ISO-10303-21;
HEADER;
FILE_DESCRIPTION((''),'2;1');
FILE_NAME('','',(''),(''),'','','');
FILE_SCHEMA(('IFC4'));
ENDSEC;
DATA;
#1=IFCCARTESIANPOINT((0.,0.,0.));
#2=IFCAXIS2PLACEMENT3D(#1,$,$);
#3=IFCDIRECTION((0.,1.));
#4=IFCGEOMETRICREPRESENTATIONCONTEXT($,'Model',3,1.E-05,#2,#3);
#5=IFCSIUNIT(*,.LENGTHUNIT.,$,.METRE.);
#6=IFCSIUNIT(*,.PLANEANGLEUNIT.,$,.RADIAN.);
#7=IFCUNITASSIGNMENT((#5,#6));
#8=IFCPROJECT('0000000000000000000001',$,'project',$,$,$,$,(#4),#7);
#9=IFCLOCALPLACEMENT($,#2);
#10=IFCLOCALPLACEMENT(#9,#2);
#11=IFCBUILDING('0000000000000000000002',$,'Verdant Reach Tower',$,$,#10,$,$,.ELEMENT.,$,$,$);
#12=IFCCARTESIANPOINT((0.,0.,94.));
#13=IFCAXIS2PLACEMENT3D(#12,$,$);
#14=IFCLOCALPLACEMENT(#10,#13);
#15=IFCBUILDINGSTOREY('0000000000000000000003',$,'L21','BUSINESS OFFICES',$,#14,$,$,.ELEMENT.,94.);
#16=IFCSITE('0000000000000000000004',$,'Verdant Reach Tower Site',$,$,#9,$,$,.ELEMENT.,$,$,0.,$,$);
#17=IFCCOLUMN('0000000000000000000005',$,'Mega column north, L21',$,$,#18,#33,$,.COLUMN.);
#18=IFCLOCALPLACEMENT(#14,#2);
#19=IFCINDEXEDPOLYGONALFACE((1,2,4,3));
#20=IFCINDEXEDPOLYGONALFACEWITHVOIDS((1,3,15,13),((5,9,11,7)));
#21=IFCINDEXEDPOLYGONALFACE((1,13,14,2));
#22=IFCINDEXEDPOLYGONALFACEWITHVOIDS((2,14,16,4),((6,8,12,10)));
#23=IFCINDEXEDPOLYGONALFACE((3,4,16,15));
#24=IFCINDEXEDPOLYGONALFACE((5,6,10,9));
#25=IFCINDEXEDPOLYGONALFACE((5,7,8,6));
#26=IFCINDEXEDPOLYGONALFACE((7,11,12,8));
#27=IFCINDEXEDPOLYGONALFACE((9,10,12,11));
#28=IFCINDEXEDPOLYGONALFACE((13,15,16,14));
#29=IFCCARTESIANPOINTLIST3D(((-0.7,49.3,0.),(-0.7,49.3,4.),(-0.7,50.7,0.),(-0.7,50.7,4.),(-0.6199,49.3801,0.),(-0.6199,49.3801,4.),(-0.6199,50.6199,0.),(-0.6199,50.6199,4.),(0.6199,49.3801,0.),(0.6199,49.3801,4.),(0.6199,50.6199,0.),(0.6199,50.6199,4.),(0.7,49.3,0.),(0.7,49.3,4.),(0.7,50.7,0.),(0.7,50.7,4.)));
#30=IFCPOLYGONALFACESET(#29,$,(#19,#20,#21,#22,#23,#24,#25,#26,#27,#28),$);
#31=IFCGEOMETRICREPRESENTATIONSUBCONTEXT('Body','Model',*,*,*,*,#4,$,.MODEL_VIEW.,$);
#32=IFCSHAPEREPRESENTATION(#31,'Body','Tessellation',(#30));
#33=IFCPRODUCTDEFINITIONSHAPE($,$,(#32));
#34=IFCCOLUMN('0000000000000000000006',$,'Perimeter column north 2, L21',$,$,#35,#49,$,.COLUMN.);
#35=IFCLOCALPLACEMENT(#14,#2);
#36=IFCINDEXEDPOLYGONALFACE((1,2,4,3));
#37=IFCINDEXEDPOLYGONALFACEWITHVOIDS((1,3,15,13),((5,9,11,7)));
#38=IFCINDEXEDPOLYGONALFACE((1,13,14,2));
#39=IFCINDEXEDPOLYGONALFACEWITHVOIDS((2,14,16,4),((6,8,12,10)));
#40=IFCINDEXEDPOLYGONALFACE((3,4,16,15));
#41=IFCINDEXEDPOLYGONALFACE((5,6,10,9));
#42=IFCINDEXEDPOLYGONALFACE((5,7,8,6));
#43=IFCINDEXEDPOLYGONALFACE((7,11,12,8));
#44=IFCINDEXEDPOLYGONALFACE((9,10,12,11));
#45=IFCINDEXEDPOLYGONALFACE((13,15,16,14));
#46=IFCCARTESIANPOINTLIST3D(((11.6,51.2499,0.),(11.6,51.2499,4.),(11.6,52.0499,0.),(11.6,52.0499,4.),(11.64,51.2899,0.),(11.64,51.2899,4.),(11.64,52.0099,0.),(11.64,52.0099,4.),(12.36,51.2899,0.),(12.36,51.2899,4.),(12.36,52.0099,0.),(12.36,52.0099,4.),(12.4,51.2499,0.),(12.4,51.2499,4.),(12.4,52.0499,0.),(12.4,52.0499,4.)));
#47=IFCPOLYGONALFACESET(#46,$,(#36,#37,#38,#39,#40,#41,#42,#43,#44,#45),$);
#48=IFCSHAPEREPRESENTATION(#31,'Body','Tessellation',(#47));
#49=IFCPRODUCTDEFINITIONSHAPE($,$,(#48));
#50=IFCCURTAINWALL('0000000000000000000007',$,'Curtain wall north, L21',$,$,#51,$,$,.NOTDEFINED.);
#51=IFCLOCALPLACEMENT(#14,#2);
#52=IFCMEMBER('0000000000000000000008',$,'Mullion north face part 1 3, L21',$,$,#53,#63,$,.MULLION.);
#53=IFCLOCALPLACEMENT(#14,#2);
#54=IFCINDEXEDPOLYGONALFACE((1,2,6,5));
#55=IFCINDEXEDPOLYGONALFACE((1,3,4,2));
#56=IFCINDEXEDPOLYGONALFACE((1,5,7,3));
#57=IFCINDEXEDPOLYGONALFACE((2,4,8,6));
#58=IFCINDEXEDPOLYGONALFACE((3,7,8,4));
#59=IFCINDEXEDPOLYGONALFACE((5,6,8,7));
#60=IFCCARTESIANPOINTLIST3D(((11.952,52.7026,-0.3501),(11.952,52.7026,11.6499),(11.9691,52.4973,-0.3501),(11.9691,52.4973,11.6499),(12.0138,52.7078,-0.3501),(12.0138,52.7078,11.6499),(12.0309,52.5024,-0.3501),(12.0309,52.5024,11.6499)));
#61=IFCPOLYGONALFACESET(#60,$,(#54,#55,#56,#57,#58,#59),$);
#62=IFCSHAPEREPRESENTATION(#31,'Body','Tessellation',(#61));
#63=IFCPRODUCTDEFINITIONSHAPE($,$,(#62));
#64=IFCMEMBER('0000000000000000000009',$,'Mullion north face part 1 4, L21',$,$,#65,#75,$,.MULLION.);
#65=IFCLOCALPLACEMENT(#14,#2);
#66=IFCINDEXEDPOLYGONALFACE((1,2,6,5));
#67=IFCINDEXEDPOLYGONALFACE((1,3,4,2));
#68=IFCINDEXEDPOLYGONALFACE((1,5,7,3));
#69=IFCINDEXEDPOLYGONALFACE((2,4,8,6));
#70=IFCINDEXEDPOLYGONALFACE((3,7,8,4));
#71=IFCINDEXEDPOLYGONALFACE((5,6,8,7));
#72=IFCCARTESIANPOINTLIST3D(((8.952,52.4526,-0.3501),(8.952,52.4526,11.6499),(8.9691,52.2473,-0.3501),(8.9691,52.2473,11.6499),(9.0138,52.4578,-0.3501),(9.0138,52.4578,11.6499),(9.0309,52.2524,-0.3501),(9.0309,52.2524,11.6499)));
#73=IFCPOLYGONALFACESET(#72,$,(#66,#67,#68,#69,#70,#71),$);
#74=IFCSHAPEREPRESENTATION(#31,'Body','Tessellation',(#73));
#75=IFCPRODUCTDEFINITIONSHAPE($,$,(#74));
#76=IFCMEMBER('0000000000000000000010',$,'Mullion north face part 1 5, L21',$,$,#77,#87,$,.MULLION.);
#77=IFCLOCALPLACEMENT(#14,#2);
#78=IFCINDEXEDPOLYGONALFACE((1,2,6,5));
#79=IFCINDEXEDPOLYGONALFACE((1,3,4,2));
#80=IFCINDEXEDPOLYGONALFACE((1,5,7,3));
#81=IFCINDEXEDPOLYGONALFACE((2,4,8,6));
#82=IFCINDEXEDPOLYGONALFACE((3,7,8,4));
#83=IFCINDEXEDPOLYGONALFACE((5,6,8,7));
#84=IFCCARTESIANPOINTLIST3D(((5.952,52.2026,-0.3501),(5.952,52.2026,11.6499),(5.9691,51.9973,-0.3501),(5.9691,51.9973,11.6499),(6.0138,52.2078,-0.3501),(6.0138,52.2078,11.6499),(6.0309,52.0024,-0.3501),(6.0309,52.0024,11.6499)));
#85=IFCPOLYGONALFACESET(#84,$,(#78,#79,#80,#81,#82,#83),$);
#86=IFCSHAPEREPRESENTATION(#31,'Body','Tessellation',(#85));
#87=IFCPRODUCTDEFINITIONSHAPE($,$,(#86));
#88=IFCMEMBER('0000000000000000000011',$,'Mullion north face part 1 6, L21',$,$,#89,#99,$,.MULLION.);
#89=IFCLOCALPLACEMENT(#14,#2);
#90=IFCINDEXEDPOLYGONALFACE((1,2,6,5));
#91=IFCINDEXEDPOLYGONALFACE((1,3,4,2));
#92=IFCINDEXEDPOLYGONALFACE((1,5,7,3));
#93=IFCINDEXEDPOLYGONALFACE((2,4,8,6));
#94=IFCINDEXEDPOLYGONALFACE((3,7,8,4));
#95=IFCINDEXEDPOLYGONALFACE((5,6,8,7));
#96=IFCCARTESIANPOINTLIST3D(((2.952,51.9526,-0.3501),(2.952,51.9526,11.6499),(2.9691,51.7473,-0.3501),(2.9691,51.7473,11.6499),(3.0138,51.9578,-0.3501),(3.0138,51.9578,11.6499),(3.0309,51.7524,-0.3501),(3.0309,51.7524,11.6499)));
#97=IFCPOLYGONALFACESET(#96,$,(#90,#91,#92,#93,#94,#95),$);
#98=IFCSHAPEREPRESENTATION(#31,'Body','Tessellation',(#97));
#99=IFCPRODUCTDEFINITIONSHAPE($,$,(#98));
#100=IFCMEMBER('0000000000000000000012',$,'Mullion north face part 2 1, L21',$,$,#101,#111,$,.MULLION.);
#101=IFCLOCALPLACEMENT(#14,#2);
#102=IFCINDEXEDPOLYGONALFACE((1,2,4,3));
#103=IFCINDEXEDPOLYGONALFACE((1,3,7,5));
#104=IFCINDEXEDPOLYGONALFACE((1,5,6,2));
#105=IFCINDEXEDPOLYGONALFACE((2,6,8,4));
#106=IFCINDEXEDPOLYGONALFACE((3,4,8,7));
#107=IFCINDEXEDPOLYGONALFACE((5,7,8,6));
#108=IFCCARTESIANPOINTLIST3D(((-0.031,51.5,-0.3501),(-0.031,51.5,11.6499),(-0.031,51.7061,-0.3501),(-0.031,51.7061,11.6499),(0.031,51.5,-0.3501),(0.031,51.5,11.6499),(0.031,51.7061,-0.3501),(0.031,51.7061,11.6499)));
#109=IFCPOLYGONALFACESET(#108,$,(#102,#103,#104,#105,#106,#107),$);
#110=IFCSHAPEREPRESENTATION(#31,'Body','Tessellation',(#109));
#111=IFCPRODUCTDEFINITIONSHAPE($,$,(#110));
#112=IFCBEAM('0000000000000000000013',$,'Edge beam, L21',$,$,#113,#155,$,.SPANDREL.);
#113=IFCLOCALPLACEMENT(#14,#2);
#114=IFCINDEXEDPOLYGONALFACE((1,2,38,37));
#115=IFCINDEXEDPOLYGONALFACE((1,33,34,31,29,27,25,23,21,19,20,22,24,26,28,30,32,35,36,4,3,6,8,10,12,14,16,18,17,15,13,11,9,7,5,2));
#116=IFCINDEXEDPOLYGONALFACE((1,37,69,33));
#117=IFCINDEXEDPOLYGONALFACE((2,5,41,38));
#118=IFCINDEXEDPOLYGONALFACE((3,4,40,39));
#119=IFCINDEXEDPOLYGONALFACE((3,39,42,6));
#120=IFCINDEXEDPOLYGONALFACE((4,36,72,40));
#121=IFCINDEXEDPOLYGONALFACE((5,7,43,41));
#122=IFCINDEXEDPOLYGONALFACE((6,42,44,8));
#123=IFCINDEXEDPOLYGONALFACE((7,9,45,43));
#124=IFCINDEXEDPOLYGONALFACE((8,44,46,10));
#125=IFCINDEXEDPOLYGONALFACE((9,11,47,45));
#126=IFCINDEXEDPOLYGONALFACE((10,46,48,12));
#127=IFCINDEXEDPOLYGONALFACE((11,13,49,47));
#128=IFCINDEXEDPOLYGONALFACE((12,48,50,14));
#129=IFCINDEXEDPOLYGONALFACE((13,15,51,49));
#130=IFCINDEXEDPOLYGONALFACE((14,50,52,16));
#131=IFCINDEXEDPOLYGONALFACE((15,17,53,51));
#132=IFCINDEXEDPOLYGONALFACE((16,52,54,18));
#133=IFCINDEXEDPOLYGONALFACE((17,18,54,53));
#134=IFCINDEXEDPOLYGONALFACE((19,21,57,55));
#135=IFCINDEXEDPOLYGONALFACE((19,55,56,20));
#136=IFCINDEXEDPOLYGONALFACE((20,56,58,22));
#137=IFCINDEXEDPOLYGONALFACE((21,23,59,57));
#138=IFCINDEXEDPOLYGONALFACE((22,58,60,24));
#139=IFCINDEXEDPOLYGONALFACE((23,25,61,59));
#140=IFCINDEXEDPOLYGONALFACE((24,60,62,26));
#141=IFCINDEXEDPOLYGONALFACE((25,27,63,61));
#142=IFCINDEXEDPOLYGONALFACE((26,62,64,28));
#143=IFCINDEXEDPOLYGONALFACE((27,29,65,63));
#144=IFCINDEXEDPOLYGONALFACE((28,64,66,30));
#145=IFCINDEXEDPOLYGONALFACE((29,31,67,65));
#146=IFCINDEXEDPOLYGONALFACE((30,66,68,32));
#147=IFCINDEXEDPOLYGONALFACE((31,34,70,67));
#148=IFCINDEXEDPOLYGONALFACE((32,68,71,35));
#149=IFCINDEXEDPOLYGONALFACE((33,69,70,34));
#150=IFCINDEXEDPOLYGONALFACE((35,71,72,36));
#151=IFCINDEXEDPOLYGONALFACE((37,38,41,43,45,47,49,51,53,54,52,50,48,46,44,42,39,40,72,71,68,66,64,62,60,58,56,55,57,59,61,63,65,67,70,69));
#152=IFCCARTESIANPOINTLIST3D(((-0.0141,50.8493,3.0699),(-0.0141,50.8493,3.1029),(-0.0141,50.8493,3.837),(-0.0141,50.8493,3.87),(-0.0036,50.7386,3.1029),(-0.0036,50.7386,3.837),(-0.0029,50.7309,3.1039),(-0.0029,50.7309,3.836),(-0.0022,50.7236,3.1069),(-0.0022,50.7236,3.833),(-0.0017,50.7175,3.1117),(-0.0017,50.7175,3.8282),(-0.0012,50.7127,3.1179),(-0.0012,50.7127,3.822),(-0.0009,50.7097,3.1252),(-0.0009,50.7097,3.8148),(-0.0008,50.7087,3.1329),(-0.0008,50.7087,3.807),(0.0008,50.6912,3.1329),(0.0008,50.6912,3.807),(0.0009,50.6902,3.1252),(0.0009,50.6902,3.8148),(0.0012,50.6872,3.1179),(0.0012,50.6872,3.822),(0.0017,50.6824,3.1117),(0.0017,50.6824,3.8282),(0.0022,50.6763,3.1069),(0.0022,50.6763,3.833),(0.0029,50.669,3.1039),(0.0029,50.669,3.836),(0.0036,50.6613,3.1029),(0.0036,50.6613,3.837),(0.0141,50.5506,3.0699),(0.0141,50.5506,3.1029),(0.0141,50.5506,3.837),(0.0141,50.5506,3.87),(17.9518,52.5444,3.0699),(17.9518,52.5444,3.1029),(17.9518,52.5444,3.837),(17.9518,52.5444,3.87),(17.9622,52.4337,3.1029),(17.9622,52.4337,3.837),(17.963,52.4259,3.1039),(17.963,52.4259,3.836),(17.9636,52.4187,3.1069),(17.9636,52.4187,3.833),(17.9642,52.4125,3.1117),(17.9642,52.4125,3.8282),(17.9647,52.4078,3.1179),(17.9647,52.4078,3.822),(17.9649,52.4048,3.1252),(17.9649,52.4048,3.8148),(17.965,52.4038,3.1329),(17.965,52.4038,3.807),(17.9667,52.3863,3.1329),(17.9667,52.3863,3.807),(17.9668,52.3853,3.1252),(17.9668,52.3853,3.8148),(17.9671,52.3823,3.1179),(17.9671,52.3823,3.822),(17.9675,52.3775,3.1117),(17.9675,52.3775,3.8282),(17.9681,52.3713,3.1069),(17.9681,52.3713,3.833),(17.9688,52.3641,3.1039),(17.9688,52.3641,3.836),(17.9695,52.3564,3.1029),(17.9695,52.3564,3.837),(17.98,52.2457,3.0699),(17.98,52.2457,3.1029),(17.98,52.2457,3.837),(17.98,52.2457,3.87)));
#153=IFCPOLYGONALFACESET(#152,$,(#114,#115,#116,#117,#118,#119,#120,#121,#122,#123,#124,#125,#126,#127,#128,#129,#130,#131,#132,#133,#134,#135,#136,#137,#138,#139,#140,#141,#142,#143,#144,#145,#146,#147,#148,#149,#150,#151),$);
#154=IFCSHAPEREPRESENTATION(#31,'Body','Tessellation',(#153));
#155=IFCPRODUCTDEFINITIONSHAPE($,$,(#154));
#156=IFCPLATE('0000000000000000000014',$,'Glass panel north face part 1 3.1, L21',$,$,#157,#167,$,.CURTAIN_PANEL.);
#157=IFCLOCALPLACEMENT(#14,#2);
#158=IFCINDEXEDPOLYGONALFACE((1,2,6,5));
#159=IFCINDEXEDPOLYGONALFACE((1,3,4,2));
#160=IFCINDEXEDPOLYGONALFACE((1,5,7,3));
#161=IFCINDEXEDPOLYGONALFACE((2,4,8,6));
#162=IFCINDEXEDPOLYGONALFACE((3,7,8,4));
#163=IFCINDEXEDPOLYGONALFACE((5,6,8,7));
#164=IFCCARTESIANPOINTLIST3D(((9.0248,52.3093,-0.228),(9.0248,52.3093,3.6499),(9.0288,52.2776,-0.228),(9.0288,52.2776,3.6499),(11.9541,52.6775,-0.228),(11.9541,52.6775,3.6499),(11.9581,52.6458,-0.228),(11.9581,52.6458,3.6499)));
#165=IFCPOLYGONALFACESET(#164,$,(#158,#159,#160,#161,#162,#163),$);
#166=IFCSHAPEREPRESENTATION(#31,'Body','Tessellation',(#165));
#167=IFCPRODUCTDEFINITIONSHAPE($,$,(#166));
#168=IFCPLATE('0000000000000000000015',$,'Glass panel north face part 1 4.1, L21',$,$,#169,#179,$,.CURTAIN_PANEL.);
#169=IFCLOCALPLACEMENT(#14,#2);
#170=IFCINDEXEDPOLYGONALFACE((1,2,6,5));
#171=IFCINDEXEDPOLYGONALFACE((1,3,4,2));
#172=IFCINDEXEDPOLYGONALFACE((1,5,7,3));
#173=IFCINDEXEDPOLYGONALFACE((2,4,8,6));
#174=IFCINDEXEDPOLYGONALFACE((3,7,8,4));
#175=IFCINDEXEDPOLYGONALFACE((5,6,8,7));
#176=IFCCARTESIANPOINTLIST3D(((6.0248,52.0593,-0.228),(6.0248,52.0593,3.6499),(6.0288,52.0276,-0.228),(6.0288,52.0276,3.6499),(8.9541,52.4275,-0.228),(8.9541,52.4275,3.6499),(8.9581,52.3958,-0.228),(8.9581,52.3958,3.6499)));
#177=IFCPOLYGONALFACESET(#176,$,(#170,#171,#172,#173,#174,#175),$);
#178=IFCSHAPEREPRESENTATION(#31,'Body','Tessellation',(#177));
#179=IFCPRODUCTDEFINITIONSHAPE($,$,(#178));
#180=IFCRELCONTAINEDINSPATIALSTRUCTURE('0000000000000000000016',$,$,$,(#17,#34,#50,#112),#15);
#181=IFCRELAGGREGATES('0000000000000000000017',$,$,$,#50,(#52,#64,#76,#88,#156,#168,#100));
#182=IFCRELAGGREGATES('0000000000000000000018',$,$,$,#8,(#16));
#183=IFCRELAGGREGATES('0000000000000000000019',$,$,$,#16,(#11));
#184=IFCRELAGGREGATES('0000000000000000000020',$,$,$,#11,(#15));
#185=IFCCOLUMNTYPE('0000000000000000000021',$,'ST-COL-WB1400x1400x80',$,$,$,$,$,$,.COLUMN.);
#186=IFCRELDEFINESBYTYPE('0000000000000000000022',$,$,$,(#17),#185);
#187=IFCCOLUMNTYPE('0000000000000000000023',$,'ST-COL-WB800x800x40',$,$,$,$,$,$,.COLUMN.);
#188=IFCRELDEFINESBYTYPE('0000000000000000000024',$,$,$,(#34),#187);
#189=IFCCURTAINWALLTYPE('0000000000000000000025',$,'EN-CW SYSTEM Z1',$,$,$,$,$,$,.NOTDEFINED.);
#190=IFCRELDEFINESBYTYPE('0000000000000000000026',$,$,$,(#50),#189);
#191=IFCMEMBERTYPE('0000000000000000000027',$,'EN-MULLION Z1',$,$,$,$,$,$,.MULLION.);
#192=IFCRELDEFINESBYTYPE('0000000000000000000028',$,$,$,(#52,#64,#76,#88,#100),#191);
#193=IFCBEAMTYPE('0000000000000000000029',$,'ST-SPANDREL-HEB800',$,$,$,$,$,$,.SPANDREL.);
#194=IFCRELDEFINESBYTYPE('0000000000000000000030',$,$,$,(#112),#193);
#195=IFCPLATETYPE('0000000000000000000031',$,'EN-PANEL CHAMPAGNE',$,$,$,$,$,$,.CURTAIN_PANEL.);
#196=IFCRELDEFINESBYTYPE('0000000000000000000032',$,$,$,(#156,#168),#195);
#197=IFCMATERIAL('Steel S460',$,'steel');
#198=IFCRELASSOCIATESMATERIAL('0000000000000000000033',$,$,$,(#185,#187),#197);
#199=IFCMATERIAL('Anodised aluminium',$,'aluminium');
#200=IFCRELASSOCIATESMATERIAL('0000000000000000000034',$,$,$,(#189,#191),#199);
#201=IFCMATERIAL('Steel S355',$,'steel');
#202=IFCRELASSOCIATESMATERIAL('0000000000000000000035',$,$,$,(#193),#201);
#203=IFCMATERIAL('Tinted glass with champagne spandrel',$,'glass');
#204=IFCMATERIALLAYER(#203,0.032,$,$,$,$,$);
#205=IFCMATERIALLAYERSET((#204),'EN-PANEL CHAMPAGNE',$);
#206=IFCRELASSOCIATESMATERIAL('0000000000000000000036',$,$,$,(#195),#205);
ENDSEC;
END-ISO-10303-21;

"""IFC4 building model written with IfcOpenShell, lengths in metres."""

from ifc_helpers import new_model, si_unit, direction, frame, origin, origin_2d, place, context, subcontext, project, spatial, rectangle, hollow_rectangle, i_section, extrude, material, layer, layer_set, material_profile, profile_set, type_object, element, aggregate, save


model = new_model("IFC4")

# Units and contexts
model_context = context("Model", 3, precision=1e-05, world=origin(), true_north=direction((0.0, 1.0)))
body_context = subcontext(model_context, "Body", "Model", "MODEL_VIEW")
ifc_project = project(units=[si_unit("LENGTHUNIT", "METRE"), si_unit("PLANEANGLEUNIT", "RADIAN")], contexts=[model_context])

# Site, building, storey
site_placement = place(None, origin())
site = spatial("IfcSite", under=ifc_project, at=site_placement, Name="Verdant Reach Tower Site", CompositionType="ELEMENT", RefElevation=0.0)
building_placement = place(site_placement, origin())
building = spatial("IfcBuilding", under=site, at=building_placement, Name="Verdant Reach Tower", CompositionType="ELEMENT")
storey_placement = place(building_placement, frame((0.0, 0.0, 94.0)))
storey = spatial("IfcBuildingStorey", under=building, at=storey_placement, Name="L21", Description="BUSINESS OFFICES", CompositionType="ELEMENT", Elevation=94.0)

# Columns
ifc_material_1 = material(Name="Steel S460", Category="steel")
ifc_material_profile_1 = material_profile(ifc_material_1, hollow_rectangle(XDim=1.3999, YDim=1.3999, WallThickness=0.0801, at=origin_2d()), Name="WB 1400x1400x80")
ifc_profile_set_1 = profile_set([ifc_material_profile_1], Name="Steel S460")
column_type_1 = type_object("IfcColumnType", Name="ST-COL-WB1400x1400x80", PredefinedType="COLUMN", material=ifc_profile_set_1)
column_1_placement = place(storey_placement, frame((0.0, 50.0, 0.0), z_axis=(0.0, 0.0, 1.0), x_axis=(1.0, 0.0, 0.0)))
element("IfcColumn", 1, at=column_1_placement, inside=storey, type_object=column_type_1, Name="Mega column north, L21", PredefinedType="COLUMN", context=body_context, shape_type="SweptSolid", body=[
    extrude(hollow_rectangle(XDim=1.3999, YDim=1.3999, WallThickness=0.0801, at=origin_2d()), origin(), (0.0, 0.0, 1.0), 4.0),
])
ifc_material_profile_2 = material_profile(ifc_material_1, hollow_rectangle(XDim=0.8, YDim=0.8, WallThickness=0.04, at=origin_2d()), Name="WB 800x800x40")
ifc_profile_set_2 = profile_set([ifc_material_profile_2], Name="Steel S460")
column_type_2 = type_object("IfcColumnType", Name="ST-COL-WB800x800x40", PredefinedType="COLUMN", material=ifc_profile_set_2)
column_2_placement = place(storey_placement, frame((12.0, 51.6499, 0.0), z_axis=(0.0, 0.0, 1.0), x_axis=(1.0, 0.0, 0.0)))
element("IfcColumn", 2, at=column_2_placement, inside=storey, type_object=column_type_2, Name="Perimeter column north 2, L21", PredefinedType="COLUMN", context=body_context, shape_type="SweptSolid", body=[
    extrude(hollow_rectangle(XDim=0.8, YDim=0.8, WallThickness=0.04, at=origin_2d()), origin(), (0.0, 0.0, 1.0), 4.0),
])

# Curtain wall, members
ifc_material_2 = material(Name="Anodised aluminium", Category="aluminium")
curtain_wall_type = type_object("IfcCurtainWallType", Name="EN-CW SYSTEM Z1", PredefinedType="NOTDEFINED", material=ifc_material_2)
curtain_wall_placement = place(storey_placement, origin())
curtain_wall = element("IfcCurtainWall", 3, at=curtain_wall_placement, inside=storey, type_object=curtain_wall_type, Name="Curtain wall north, L21", PredefinedType="NOTDEFINED")
ifc_material_profile_3 = material_profile(ifc_material_2, rectangle(XDim=0.2061, YDim=0.062, at=origin_2d()), Name="Mullion 62x206")
ifc_profile_set_3 = profile_set([ifc_material_profile_3], Name="Anodised aluminium")
member_type = type_object("IfcMemberType", Name="EN-MULLION Z1", PredefinedType="MULLION", material=ifc_profile_set_3)
member_1_placement = place(storey_placement, frame((11.9915, 52.6025, -0.3501), z_axis=(0.0, 0.0, 1.0), x_axis=(-0.083045, 0.996546, 0.0)))
member_1 = element("IfcMember", 4, at=member_1_placement, type_object=member_type, Name="Mullion north face part 1 3, L21", PredefinedType="MULLION", context=body_context, shape_type="SweptSolid", body=[
    extrude(rectangle(XDim=0.2061, YDim=0.062, at=origin_2d()), origin(), (0.0, 0.0, 1.0), 12.0),
])
member_2_placement = place(storey_placement, frame((8.9915, 52.3525, -0.3501), z_axis=(0.0, 0.0, 1.0), x_axis=(-0.083045, 0.996546, 0.0)))
member_2 = element("IfcMember", 5, at=member_2_placement, type_object=member_type, Name="Mullion north face part 1 4, L21", PredefinedType="MULLION", context=body_context, shape_type="SweptSolid", body=[
    extrude(rectangle(XDim=0.2061, YDim=0.062, at=origin_2d()), origin(), (0.0, 0.0, 1.0), 12.0),
])
member_3_placement = place(storey_placement, frame((5.9915, 52.1025, -0.3501), z_axis=(0.0, 0.0, 1.0), x_axis=(-0.083045, 0.996546, 0.0)))
member_3 = element("IfcMember", 6, at=member_3_placement, type_object=member_type, Name="Mullion north face part 1 5, L21", PredefinedType="MULLION", context=body_context, shape_type="SweptSolid", body=[
    extrude(rectangle(XDim=0.2061, YDim=0.062, at=origin_2d()), origin(), (0.0, 0.0, 1.0), 12.0),
])
member_4_placement = place(storey_placement, frame((2.9915, 51.8525, -0.3501), z_axis=(0.0, 0.0, 1.0), x_axis=(-0.083045, 0.996546, 0.0)))
member_4 = element("IfcMember", 7, at=member_4_placement, type_object=member_type, Name="Mullion north face part 1 6, L21", PredefinedType="MULLION", context=body_context, shape_type="SweptSolid", body=[
    extrude(rectangle(XDim=0.2061, YDim=0.062, at=origin_2d()), origin(), (0.0, 0.0, 1.0), 12.0),
])
member_5_placement = place(storey_placement, frame((0.0, 51.603, -0.3501), z_axis=(0.0, 0.0, 1.0), x_axis=(0.0, 1.0, 0.0)))
member_5 = element("IfcMember", 8, at=member_5_placement, type_object=member_type, Name="Mullion north face part 2 1, L21", PredefinedType="MULLION", context=body_context, shape_type="SweptSolid", body=[
    extrude(rectangle(XDim=0.2061, YDim=0.062, at=origin_2d()), origin(), (0.0, 0.0, 1.0), 12.0),
])

# Beam
ifc_material_3 = material(Name="Steel S355", Category="steel")
ifc_material_profile_4 = material_profile(ifc_material_3, i_section(OverallWidth=0.3, OverallDepth=0.8, WebThickness=0.0176, FlangeThickness=0.033, FilletRadius=0.03, at=origin_2d()), Name="HEB 800")
ifc_profile_set_4 = profile_set([ifc_material_profile_4], Name="Steel S355")
beam_type = type_object("IfcBeamType", Name="ST-SPANDREL-HEB800", PredefinedType="SPANDREL", material=ifc_profile_set_4)
beam_placement = place(storey_placement, frame((0.0, 50.7, 3.47), z_axis=(0.995579, 0.093932, 0.0), x_axis=(-0.093932, 0.995579, 0.0)))
element("IfcBeam", 9, at=beam_placement, inside=storey, type_object=beam_type, Name="Edge beam, L21", PredefinedType="SPANDREL", context=body_context, shape_type="SweptSolid", body=[
    extrude(i_section(OverallWidth=0.3, OverallDepth=0.8, WebThickness=0.0176, FlangeThickness=0.033, FilletRadius=0.03, at=origin_2d()), origin(), (0.0, 0.0, 1.0), 18.0457),
])

# Plates
ifc_material_4 = material(Name="Tinted glass with champagne spandrel", Category="glass")
ifc_layer_1 = layer(ifc_material_4, 0.032)
ifc_layer_set_1 = layer_set([ifc_layer_1], Name="EN-PANEL CHAMPAGNE")
plate_type_1 = type_object("IfcPlateType", Name="EN-PANEL CHAMPAGNE", PredefinedType="CURTAIN_PANEL", material=ifc_layer_set_1)
plate_1_placement = place(storey_placement, frame((10.4915, 52.4775, -0.228), z_axis=(0.0, 0.0, 1.0), x_axis=(-0.992194, -0.124704, 0.0)))
plate_1 = element("IfcPlate", 10, at=plate_1_placement, type_object=plate_type_1, Name="Glass panel north face part 1 3.1, L21", PredefinedType="CURTAIN_PANEL", context=body_context, shape_type="SweptSolid", body=[
    extrude(rectangle(XDim=2.9524, YDim=0.032, at=origin_2d()), origin(), (0.0, 0.0, 1.0), 3.8779),
])
plate_2_placement = place(storey_placement, frame((7.4915, 52.2275, -0.228), z_axis=(0.0, 0.0, 1.0), x_axis=(-0.992194, -0.124704, 0.0)))
plate_2 = element("IfcPlate", 11, at=plate_2_placement, type_object=plate_type_1, Name="Glass panel north face part 1 4.1, L21", PredefinedType="CURTAIN_PANEL", context=body_context, shape_type="SweptSolid", body=[
    extrude(rectangle(XDim=2.9524, YDim=0.032, at=origin_2d()), origin(), (0.0, 0.0, 1.0), 3.8779),
])
aggregate(curtain_wall, [member_1, member_2, member_3, member_4, plate_1, plate_2, member_5])

save(model, "model.ifc")
